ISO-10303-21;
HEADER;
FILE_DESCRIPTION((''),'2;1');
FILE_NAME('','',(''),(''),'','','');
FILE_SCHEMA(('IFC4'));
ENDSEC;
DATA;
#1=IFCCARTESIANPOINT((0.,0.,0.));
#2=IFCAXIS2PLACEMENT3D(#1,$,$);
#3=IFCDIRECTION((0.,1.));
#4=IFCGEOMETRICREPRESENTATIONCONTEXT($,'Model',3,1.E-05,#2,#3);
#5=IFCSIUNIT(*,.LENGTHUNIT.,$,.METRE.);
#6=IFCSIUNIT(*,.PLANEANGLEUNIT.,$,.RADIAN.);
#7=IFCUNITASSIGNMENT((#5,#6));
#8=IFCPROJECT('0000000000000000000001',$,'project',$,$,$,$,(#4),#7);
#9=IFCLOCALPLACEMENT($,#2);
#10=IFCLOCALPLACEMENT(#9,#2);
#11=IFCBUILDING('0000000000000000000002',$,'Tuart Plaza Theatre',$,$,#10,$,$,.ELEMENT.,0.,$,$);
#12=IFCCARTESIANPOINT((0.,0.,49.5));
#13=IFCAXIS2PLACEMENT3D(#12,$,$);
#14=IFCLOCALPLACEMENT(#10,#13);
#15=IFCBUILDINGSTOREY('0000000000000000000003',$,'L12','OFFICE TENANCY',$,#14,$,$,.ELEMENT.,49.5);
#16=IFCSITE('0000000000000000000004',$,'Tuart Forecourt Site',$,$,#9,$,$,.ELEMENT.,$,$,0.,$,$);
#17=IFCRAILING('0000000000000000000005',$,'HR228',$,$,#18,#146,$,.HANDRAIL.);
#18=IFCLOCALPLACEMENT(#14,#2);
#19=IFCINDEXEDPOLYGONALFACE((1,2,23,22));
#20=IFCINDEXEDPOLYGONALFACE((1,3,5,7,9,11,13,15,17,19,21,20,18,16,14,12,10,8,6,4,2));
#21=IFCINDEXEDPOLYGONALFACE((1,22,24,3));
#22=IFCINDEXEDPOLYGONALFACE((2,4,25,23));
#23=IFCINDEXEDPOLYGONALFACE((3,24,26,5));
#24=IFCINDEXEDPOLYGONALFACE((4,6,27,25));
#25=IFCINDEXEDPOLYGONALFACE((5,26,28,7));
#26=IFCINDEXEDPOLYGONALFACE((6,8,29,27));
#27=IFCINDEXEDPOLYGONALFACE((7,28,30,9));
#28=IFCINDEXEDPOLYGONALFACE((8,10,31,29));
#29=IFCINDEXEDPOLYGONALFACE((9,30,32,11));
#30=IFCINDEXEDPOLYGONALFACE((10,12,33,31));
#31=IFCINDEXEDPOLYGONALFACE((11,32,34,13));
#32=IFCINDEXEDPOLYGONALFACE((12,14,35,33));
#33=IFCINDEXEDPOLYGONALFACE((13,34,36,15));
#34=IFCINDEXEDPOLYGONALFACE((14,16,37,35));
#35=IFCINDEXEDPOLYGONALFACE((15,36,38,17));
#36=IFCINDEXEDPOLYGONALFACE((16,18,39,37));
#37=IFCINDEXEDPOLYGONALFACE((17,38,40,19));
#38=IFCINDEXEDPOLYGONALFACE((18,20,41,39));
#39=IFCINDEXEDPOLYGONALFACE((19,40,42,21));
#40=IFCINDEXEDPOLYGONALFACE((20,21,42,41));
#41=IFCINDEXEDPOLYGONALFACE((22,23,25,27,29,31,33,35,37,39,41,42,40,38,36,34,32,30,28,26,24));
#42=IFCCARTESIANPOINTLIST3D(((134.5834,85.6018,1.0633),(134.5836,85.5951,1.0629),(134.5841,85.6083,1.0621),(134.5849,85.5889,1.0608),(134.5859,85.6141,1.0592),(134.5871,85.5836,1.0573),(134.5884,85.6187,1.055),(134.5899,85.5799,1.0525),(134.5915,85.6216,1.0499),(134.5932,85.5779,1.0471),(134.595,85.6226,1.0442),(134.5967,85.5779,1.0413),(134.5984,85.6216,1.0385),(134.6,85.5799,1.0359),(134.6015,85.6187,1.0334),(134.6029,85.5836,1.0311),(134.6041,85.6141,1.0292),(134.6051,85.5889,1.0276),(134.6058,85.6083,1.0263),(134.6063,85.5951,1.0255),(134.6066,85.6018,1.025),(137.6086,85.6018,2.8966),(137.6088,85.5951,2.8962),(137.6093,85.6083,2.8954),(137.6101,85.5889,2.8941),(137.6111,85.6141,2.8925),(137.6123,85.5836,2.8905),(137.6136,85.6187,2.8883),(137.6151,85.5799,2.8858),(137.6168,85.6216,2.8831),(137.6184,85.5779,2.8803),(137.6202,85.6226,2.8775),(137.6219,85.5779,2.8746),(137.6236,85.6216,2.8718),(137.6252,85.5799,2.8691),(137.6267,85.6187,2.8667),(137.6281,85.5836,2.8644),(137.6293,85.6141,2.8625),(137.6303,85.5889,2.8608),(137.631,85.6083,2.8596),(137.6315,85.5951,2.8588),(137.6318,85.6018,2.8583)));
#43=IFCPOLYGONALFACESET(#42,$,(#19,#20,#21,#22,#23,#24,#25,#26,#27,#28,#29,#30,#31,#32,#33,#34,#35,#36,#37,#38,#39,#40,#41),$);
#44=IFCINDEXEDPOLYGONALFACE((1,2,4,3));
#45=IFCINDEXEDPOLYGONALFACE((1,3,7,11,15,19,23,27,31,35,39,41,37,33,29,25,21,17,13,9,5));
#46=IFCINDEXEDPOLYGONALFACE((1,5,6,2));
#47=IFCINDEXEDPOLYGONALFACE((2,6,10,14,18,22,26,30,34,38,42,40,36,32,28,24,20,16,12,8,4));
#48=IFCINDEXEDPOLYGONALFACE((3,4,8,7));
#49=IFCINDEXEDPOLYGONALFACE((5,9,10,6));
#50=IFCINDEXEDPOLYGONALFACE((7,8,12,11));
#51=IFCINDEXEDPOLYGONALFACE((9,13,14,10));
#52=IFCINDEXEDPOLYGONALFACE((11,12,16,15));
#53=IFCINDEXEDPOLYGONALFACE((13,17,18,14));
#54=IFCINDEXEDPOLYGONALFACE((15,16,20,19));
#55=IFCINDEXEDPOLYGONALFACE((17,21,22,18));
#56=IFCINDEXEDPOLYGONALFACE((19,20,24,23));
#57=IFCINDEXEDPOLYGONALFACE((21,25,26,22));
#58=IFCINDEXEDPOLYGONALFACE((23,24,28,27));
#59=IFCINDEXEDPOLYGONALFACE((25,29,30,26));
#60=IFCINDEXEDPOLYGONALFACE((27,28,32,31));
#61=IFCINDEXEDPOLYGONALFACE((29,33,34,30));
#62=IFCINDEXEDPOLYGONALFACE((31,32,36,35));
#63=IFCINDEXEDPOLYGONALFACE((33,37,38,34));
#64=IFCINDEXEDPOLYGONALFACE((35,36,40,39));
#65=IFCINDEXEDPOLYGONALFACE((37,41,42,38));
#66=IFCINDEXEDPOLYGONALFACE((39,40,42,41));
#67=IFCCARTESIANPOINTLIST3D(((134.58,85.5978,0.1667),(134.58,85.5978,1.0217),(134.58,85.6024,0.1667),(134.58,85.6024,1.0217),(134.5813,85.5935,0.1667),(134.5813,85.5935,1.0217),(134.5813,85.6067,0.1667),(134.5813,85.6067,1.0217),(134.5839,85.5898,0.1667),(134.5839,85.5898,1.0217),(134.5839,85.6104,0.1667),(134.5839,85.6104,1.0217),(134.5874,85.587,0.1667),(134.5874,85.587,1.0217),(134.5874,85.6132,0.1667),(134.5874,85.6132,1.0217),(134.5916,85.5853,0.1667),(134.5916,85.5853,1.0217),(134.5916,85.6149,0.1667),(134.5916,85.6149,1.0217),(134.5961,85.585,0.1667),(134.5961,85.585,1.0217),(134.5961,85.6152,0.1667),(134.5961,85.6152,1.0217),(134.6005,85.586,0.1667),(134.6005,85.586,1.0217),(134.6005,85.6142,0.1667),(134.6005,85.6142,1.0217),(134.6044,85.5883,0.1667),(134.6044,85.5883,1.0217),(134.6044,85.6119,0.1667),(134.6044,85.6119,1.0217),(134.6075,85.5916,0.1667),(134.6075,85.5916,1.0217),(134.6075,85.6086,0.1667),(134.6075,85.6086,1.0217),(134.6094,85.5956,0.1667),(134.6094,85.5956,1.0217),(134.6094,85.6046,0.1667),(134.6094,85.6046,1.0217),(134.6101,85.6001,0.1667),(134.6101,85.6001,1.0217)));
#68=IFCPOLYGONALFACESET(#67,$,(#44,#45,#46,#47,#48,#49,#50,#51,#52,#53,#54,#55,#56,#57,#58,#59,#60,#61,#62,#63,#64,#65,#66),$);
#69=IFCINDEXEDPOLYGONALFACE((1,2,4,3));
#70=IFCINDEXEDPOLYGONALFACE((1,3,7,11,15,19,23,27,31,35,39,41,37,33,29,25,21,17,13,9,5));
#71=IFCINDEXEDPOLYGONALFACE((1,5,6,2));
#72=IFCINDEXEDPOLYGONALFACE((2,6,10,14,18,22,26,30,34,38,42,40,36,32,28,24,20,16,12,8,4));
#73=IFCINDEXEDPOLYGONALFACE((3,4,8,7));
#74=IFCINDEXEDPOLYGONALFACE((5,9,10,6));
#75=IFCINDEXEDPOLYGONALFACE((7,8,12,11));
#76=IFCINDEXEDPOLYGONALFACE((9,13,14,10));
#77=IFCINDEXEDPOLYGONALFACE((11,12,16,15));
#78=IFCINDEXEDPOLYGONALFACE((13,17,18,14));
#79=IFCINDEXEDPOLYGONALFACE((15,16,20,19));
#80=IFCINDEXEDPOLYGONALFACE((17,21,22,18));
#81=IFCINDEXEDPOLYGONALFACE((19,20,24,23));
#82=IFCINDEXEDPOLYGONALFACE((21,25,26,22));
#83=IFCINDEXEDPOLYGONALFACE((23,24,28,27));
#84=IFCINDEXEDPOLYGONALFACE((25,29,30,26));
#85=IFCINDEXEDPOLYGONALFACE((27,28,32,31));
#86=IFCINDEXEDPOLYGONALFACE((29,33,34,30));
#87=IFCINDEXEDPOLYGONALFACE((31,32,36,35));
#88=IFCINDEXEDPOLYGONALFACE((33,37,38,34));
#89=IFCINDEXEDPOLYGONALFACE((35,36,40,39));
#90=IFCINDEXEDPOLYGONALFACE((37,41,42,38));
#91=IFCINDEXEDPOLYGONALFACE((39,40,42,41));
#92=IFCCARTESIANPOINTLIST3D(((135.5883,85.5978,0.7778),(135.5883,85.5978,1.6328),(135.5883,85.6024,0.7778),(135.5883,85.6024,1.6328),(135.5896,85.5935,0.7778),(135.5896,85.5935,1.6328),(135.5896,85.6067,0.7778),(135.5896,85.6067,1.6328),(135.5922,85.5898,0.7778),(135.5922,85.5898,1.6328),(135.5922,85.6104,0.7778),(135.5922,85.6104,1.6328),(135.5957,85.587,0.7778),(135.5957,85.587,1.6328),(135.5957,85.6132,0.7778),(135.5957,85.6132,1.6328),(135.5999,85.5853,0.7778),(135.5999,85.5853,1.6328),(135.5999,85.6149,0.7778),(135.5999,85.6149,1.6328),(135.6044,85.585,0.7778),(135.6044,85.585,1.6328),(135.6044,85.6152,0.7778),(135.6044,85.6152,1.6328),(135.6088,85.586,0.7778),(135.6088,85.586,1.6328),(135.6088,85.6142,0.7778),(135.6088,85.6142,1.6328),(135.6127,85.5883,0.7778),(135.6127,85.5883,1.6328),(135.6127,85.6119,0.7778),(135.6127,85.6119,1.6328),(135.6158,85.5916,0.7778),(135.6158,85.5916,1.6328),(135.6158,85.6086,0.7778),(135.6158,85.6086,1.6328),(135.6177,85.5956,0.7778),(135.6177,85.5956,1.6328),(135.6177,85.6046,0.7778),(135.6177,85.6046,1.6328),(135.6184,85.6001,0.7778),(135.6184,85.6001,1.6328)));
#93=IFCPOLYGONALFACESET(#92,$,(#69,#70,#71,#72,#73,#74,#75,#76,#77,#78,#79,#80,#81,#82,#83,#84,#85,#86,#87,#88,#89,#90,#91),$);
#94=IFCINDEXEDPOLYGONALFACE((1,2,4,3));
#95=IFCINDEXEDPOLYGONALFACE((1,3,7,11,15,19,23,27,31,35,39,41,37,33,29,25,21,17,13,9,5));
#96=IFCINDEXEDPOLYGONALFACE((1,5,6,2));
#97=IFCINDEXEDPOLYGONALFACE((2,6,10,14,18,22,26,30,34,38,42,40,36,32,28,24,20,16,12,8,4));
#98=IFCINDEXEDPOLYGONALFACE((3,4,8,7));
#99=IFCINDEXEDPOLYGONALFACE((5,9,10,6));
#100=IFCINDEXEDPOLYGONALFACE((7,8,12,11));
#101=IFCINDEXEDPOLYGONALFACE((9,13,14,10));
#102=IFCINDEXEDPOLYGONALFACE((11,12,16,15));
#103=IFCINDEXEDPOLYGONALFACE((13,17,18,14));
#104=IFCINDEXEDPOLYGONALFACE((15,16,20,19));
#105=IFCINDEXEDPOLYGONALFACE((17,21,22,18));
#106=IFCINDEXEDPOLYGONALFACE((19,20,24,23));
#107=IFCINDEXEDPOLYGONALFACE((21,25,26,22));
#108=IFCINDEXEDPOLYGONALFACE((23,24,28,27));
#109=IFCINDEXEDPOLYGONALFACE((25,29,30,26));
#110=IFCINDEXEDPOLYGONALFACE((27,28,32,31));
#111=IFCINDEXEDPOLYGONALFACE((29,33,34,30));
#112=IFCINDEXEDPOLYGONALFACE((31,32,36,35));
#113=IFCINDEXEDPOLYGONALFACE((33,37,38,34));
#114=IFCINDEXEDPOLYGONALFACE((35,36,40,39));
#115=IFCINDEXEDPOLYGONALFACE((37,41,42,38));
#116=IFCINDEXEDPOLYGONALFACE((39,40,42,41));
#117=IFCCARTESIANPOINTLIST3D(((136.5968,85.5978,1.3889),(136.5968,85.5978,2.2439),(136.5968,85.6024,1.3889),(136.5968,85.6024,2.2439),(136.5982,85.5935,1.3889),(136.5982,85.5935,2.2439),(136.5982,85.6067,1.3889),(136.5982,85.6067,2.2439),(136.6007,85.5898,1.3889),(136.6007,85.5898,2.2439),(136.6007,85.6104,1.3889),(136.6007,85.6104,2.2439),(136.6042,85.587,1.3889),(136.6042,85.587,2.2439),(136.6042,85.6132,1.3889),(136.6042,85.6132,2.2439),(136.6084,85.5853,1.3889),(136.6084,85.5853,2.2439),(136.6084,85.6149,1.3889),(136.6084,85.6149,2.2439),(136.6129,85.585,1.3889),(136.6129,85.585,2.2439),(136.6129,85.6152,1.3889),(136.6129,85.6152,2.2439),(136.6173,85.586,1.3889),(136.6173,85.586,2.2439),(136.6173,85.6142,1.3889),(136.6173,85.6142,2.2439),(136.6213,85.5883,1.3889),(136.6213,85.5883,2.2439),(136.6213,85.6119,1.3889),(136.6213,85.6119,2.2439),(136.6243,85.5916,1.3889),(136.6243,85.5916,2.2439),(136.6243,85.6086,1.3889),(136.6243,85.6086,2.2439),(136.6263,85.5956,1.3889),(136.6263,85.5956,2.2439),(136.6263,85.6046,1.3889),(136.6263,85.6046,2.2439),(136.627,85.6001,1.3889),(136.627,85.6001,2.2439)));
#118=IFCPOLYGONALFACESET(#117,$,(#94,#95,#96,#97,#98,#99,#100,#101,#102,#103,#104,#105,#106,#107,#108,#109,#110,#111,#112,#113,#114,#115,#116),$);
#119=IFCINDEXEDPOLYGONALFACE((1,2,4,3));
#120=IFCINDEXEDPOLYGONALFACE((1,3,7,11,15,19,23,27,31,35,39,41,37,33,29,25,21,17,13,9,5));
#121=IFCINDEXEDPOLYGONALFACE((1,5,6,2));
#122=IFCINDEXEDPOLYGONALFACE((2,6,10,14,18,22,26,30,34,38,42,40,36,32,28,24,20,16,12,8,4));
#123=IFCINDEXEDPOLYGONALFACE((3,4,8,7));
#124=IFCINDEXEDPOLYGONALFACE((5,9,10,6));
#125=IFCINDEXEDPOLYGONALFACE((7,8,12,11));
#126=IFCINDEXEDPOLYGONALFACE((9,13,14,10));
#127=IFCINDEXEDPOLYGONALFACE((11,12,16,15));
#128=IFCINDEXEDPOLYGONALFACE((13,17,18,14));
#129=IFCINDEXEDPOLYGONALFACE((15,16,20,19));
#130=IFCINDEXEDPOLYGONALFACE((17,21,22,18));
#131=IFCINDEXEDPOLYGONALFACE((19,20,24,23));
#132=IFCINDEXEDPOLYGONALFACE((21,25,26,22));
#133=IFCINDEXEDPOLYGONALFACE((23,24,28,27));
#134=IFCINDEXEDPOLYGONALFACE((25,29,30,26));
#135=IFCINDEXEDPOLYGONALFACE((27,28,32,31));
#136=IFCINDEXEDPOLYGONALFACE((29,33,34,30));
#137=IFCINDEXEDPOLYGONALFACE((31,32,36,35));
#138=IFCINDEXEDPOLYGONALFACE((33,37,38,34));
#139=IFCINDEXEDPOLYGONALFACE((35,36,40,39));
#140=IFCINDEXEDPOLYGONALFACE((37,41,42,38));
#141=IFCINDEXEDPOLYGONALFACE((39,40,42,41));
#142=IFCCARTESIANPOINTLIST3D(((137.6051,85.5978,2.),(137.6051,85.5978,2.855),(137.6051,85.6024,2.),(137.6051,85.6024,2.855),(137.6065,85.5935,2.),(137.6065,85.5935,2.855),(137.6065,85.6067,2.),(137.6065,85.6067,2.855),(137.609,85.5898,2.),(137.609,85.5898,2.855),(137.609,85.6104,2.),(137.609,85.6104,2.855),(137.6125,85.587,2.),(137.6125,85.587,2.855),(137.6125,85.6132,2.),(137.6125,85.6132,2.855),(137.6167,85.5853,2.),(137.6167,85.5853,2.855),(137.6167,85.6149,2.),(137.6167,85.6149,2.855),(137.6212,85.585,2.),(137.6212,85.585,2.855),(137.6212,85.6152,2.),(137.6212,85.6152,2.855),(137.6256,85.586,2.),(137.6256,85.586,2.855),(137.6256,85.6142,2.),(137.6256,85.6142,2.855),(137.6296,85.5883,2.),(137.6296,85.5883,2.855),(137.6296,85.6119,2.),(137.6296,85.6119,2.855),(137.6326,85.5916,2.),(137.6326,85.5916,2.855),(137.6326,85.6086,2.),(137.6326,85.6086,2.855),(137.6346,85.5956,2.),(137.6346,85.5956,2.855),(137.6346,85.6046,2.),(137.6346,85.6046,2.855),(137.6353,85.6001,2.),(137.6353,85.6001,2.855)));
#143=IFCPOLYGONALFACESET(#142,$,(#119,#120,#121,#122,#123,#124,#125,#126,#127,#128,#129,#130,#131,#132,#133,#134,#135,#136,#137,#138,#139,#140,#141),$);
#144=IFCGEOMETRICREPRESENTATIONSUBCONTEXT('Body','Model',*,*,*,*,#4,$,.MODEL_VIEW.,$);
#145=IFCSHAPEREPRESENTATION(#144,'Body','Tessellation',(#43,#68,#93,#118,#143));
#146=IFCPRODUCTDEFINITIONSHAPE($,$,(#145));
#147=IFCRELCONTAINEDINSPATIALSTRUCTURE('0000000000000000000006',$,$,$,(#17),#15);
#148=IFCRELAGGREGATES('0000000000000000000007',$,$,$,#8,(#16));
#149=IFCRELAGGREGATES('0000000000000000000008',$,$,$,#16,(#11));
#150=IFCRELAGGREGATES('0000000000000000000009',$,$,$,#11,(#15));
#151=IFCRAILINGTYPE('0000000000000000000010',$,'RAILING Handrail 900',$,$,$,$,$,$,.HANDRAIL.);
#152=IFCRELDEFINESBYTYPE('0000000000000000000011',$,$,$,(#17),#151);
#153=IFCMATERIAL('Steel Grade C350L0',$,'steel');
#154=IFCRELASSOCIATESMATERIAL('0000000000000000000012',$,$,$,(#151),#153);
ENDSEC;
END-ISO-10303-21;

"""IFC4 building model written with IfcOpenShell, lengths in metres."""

from ifc_helpers import new_model, si_unit, direction, frame, origin, origin_2d, place, context, subcontext, project, spatial, circle, extrude, material, type_object, element, save


model = new_model("IFC4")

# Units and contexts
model_context = context("Model", 3, precision=1e-05, world=origin(), true_north=direction((0.0, 1.0)))
body_context = subcontext(model_context, "Body", "Model", "MODEL_VIEW")
ifc_project = project(units=[si_unit("LENGTHUNIT", "METRE"), si_unit("PLANEANGLEUNIT", "RADIAN")], contexts=[model_context])

# Site, building, storey
site_placement = place(None, origin())
site = spatial("IfcSite", under=ifc_project, at=site_placement, Name="Tuart Forecourt Site", CompositionType="ELEMENT", RefElevation=0.0)
building_placement = place(site_placement, origin())
building = spatial("IfcBuilding", under=site, at=building_placement, Name="Tuart Plaza Theatre", CompositionType="ELEMENT", ElevationOfRefHeight=0.0)
storey_placement = place(building_placement, frame((0.0, 0.0, 49.5)))
storey = spatial("IfcBuildingStorey", under=building, at=storey_placement, Name="L12", Description="OFFICE TENANCY", CompositionType="ELEMENT", Elevation=49.5)

# Railing
ifc_material_1 = material(Name="Steel Grade C350L0", Category="steel")
railing_type_1 = type_object("IfcRailingType", Name="RAILING Handrail 900", PredefinedType="HANDRAIL", material=ifc_material_1)
for number, where, name in (
    (1, (134.595, 85.6001, 0.1667), "HR228"),
):
    element("IfcRailing", number, at=place(storey_placement, frame(where)), inside=storey, type_object=railing_type_1, Name=name, PredefinedType="HANDRAIL", context=body_context, shape_type="SweptSolid", body=[
        extrude(circle(Radius=0.0225, at=origin_2d()), frame((0.0, 0.0, 0.8774), z_axis=(0.855219, 0.0, 0.518267), x_axis=(0.0, 1.0, 0.0)), (0.0, 0.0, 1.0), 3.5374),
        extrude(circle(Radius=0.0151, at=origin_2d()), origin(), (0.0, 0.0, 1.0), 0.855),
        extrude(circle(Radius=0.0151, at=origin_2d()), frame((1.0083, 0.0, 0.6111)), (0.0, 0.0, 1.0), 0.855),
        extrude(circle(Radius=0.0151, at=origin_2d()), frame((2.0168, 0.0, 1.2222)), (0.0, 0.0, 1.0), 0.855),
        extrude(circle(Radius=0.0151, at=origin_2d()), frame((3.0251, 0.0, 1.8333)), (0.0, 0.0, 1.0), 0.855),
    ])

save(model, "model.ifc")
